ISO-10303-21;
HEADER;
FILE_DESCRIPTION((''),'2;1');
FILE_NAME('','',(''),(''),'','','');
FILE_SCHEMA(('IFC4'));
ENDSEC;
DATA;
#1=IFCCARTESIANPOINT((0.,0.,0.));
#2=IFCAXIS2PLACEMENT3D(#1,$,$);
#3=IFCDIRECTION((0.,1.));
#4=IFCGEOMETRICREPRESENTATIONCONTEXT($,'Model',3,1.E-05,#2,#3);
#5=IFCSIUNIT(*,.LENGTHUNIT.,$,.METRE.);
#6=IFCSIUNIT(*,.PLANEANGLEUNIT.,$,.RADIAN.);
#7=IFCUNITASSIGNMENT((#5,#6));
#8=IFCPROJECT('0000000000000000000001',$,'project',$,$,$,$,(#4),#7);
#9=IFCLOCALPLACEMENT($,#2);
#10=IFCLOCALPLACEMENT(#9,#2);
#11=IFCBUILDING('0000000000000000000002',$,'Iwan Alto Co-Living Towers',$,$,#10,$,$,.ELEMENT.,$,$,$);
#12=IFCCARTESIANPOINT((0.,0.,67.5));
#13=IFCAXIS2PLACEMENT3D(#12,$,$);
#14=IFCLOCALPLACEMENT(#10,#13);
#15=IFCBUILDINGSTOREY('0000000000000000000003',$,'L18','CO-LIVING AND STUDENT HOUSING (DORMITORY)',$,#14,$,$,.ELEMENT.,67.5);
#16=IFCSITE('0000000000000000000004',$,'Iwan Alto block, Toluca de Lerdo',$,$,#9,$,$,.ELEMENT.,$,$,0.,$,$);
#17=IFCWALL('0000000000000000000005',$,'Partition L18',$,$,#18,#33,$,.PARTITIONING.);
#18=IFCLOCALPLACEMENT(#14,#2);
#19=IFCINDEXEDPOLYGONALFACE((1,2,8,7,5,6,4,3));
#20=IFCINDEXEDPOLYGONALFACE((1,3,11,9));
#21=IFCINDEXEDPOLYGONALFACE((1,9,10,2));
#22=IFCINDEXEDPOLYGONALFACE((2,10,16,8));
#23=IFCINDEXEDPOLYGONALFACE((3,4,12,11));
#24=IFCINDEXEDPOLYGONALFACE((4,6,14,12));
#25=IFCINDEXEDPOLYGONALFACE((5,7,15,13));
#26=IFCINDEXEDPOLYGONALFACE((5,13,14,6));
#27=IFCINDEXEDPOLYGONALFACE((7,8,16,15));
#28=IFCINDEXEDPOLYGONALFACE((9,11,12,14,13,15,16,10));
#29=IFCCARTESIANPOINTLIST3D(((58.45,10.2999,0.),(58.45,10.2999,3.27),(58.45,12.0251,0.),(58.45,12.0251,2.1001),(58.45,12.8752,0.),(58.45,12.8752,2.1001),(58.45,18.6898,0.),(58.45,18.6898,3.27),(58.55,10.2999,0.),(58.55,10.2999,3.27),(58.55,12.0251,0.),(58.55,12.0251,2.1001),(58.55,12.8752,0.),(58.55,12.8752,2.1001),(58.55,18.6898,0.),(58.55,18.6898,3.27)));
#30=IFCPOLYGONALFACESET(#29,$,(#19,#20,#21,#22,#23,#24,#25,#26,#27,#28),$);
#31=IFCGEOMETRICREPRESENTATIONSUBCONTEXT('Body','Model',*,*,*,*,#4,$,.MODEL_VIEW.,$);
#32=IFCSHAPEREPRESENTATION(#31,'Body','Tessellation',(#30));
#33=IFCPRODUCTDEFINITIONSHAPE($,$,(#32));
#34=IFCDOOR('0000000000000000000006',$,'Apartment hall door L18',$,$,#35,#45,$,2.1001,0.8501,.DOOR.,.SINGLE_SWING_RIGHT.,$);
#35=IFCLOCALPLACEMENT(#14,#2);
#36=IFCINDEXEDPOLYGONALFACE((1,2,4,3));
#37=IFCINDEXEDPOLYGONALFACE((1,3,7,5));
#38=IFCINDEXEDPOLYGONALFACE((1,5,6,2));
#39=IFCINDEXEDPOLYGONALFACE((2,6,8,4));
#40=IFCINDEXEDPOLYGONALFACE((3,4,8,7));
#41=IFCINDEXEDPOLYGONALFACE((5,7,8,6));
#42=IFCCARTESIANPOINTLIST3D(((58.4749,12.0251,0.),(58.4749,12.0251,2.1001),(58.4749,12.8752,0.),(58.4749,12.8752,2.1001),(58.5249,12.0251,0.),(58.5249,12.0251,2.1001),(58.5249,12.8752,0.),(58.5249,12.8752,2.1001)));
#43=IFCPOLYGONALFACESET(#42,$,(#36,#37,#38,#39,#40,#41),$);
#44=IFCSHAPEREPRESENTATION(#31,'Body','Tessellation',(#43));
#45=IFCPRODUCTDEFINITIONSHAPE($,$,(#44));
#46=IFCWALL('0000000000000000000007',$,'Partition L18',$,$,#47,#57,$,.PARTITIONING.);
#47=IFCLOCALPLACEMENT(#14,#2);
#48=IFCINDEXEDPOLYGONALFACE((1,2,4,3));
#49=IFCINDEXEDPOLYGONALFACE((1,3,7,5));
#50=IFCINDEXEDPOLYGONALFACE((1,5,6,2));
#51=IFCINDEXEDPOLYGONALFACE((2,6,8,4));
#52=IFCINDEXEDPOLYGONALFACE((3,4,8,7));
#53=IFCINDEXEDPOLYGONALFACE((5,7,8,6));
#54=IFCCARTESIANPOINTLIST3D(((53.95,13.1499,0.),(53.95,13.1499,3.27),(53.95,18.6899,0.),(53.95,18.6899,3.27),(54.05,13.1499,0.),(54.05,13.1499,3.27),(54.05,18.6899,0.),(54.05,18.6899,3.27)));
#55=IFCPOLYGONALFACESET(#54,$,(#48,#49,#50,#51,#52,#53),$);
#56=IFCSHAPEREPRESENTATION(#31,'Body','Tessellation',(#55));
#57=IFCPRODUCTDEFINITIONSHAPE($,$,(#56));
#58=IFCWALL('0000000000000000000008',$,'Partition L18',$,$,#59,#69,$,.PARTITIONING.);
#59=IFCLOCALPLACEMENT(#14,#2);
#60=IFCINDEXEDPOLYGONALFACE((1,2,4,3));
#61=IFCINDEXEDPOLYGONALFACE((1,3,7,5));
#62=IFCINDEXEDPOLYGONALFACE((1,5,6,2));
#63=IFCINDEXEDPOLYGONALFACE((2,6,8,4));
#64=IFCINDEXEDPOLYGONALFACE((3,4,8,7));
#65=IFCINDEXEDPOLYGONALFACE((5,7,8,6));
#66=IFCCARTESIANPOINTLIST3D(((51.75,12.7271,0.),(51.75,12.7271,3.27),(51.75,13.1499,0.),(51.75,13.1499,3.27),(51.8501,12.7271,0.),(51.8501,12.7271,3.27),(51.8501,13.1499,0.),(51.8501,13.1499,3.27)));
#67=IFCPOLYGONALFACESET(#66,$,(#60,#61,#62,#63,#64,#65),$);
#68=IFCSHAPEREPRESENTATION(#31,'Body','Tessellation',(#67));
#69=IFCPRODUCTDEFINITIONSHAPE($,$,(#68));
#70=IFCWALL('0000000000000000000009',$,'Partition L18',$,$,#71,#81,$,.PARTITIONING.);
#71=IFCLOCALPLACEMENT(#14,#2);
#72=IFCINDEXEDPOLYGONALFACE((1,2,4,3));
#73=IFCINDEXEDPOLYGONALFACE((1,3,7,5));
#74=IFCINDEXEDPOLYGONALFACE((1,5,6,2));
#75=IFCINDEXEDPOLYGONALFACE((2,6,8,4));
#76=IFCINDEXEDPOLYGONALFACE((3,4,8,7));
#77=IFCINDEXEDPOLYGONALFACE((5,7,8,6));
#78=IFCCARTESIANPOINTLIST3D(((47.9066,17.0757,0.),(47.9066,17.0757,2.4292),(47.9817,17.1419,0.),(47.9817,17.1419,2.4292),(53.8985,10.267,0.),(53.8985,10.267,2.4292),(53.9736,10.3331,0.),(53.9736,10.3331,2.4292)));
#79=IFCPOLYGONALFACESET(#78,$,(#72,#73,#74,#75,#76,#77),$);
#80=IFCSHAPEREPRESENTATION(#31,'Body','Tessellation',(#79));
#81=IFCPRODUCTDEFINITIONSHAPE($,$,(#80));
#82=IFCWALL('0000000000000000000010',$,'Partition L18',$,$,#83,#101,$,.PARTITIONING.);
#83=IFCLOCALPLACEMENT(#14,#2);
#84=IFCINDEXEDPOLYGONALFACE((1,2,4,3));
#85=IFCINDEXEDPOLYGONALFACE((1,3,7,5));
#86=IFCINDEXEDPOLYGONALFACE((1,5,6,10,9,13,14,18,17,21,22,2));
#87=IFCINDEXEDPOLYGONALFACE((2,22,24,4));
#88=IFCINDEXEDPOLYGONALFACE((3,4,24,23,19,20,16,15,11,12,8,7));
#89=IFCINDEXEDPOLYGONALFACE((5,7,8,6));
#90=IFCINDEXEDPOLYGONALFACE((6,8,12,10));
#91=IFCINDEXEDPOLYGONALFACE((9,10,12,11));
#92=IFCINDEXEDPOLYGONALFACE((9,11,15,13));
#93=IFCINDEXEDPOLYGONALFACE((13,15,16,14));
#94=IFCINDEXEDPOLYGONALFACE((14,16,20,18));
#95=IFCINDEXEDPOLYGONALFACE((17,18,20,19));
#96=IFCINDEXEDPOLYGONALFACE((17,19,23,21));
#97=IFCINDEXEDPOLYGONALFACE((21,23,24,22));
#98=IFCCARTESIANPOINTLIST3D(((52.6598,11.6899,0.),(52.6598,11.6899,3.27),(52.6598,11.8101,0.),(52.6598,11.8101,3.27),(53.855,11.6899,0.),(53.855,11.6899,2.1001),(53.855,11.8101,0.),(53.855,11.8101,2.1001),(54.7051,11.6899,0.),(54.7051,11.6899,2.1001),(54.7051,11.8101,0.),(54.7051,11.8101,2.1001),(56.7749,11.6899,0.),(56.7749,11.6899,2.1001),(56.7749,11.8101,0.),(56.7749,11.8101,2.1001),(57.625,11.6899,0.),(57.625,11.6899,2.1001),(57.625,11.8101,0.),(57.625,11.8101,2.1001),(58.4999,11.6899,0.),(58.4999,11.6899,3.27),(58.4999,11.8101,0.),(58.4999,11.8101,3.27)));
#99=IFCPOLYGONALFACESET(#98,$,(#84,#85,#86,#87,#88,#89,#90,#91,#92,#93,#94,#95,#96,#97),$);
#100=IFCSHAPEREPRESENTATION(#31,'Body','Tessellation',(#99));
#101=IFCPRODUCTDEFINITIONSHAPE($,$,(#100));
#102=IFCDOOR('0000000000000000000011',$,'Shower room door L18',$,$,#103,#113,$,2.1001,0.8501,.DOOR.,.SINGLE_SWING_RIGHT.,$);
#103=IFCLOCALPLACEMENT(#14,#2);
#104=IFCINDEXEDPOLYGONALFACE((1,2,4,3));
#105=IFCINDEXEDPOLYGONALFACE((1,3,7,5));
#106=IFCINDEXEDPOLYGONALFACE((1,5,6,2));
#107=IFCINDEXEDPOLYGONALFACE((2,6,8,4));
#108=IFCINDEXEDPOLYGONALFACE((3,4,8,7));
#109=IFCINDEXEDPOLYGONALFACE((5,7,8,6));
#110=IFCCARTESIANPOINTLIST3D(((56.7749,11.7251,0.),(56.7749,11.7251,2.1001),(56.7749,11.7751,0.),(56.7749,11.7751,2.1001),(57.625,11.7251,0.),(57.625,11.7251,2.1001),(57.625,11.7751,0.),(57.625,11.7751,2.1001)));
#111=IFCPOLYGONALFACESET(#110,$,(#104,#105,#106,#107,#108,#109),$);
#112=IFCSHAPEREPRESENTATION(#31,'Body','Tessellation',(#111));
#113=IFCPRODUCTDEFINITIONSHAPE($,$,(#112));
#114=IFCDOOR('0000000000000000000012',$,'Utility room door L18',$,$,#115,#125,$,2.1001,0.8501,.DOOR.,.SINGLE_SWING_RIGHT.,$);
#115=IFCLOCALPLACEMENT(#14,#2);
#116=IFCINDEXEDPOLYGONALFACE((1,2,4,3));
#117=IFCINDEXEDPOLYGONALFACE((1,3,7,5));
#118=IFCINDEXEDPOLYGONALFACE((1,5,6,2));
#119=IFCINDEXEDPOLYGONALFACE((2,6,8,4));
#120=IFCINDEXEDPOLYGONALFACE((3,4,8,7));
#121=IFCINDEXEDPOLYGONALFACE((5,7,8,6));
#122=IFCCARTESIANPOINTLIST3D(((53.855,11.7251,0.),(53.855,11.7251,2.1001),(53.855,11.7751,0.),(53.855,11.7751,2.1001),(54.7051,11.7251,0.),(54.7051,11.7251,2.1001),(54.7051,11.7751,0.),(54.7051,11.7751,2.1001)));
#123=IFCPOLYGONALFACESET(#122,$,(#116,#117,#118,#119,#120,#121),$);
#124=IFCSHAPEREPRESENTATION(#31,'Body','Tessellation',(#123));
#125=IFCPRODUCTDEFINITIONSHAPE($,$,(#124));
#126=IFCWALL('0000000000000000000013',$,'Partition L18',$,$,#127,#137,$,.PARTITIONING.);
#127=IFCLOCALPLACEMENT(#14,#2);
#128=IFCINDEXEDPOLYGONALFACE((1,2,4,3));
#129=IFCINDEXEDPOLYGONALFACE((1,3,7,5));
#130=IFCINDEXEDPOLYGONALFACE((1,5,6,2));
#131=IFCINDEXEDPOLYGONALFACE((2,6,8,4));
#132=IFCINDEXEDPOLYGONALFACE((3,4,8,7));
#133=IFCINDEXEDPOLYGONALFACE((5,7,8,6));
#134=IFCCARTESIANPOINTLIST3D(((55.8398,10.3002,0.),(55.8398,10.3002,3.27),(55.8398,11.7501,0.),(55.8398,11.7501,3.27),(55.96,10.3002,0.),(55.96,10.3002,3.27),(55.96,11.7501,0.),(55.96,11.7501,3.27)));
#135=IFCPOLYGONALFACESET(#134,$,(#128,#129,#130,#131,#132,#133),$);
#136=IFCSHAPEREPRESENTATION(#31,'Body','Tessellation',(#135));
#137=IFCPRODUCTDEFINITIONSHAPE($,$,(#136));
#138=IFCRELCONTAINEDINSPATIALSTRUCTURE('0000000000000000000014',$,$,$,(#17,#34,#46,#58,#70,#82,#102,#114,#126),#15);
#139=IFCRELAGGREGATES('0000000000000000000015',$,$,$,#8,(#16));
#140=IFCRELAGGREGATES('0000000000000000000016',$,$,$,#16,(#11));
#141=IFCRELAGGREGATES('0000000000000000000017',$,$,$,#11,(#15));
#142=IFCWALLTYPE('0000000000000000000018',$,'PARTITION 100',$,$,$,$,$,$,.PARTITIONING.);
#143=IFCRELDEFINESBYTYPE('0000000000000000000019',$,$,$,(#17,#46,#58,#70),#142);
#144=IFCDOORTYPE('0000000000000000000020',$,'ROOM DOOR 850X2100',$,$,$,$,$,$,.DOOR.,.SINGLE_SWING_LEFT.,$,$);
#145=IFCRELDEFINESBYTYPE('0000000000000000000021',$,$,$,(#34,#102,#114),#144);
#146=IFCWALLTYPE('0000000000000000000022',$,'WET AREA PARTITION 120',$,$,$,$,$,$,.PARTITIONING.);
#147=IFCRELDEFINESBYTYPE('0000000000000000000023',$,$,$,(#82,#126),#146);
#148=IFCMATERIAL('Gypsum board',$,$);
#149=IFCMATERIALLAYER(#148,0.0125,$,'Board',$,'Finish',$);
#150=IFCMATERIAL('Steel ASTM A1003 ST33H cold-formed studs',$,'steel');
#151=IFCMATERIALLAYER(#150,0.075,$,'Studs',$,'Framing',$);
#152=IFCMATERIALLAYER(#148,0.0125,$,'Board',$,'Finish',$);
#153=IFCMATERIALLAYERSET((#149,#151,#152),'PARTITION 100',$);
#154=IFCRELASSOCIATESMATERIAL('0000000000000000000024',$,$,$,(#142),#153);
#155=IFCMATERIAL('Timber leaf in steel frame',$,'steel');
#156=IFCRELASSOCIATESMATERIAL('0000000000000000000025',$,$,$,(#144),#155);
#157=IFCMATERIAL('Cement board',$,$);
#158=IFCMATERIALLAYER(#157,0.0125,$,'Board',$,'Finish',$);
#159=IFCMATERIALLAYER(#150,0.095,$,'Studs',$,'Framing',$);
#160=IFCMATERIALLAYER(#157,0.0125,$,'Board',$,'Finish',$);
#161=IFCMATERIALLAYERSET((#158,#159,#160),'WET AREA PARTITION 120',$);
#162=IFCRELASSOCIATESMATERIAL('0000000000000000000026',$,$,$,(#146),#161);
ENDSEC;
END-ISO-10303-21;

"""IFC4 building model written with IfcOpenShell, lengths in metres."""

from ifc_helpers import new_model, si_unit, direction, frame, frame_2d, origin, place, context, subcontext, project, spatial, rectangle, extrude, material, layer, layer_set, type_object, element, fill, save


model = new_model("IFC4")

# Units and contexts
model_context = context("Model", 3, precision=1e-05, world=origin(), true_north=direction((0.0, 1.0)))
body_context = subcontext(model_context, "Body", "Model", "MODEL_VIEW")
ifc_project = project(units=[si_unit("LENGTHUNIT", "METRE"), si_unit("PLANEANGLEUNIT", "RADIAN")], contexts=[model_context])

# Site, building, storey
site_placement = place(None, origin())
site = spatial("IfcSite", under=ifc_project, at=site_placement, Name="Iwan Alto block, Toluca de Lerdo", CompositionType="ELEMENT", RefElevation=0.0)
building_placement = place(site_placement, origin())
building = spatial("IfcBuilding", under=site, at=building_placement, Name="Iwan Alto Co-Living Towers", CompositionType="ELEMENT")
storey_placement = place(building_placement, frame((0.0, 0.0, 67.5)))
storey = spatial("IfcBuildingStorey", under=building, at=storey_placement, Name="L18", Description="CO-LIVING AND STUDENT HOUSING (DORMITORY)", CompositionType="ELEMENT", Elevation=67.5)

# Shared definitions
ifc_material_1 = material(Name="Gypsum board")
ifc_material_2 = material(Name="Steel ASTM A1003 ST33H cold-formed studs", Category="steel")
ifc_layer_1 = layer(ifc_material_1, 0.0125, Name="Board", Category="Finish")
ifc_layer_2 = layer(ifc_material_2, 0.075, Name="Studs", Category="Framing")
ifc_layer_3 = layer(ifc_material_1, 0.0125, Name="Board", Category="Finish")
ifc_layer_set_1 = layer_set([ifc_layer_1, ifc_layer_2, ifc_layer_3], Name="PARTITION 100")
wall_type_1 = type_object("IfcWallType", Name="PARTITION 100", PredefinedType="PARTITIONING", material=ifc_layer_set_1)
ifc_material_3 = material(Name="Timber leaf in steel frame", Category="steel")
door_type_1 = type_object("IfcDoorType", Name="ROOM DOOR 850X2100", OperationType="SINGLE_SWING_LEFT", PredefinedType="DOOR", material=ifc_material_3)

# Wall, opening, door
wall_1_placement = place(storey_placement, frame((58.5, 10.3, 0.0), z_axis=(0.0, 0.0, 1.0), x_axis=(0.0, 1.0, 0.0)))
wall_1 = element("IfcWall", 1, at=wall_1_placement, inside=storey, type_object=wall_type_1, Name="Partition L18", PredefinedType="PARTITIONING", context=body_context, shape_type="SweptSolid", body=[
    extrude(rectangle(XDim=8.3899, YDim=0.1001, at=frame_2d((4.1948, 0.0))), origin(), (0.0, 0.0, 1.0), 3.27),
])
opening_1_placement = place(wall_1_placement, frame((1.7251, 0.0, 0.0)))
opening_1 = element("IfcOpeningElement", 2, at=opening_1_placement, cuts=wall_1, PredefinedType="OPENING", context=body_context, shape_type="SweptSolid", body=[
    extrude(rectangle(XDim=0.8501, YDim=2.1001, at=frame_2d((0.425, 1.05))), frame((0.0, 0.0601, 0.0), z_axis=(0.0, -1.0, 0.0), x_axis=(1.0, 0.0, 0.0)), (0.0, 0.0, 1.0), 0.1201),
])
door_1_placement = place(opening_1_placement, frame((0.8501, 0.0, 0.0), z_axis=(0.0, 0.0, 1.0), x_axis=(-1.0, 0.0, 0.0)))
door_1 = element("IfcDoor", 3, at=door_1_placement, inside=storey, type_object=door_type_1, Name="Apartment hall door L18", OperationType="SINGLE_SWING_RIGHT", OverallHeight=2.1001, OverallWidth=0.8501, PredefinedType="DOOR", context=body_context, shape_type="SweptSolid", body=[
    extrude(rectangle(XDim=0.8501, YDim=2.1001, at=frame_2d((0.425, 1.05))), frame((0.0, 0.0249, 0.0), z_axis=(0.0, -1.0, 0.0), x_axis=(1.0, 0.0, 0.0)), (0.0, 0.0, 1.0), 0.05),
])
fill(opening_1, door_1)

# Walls
wall_2_placement = place(storey_placement, frame((54.0, 13.1499, 0.0), z_axis=(0.0, 0.0, 1.0), x_axis=(0.0, 1.0, 0.0)))
element("IfcWall", 4, at=wall_2_placement, inside=storey, type_object=wall_type_1, Name="Partition L18", PredefinedType="PARTITIONING", context=body_context, shape_type="SweptSolid", body=[
    extrude(rectangle(XDim=5.54, YDim=0.1001, at=frame_2d((2.77, 0.0))), origin(), (0.0, 0.0, 1.0), 3.27),
])
wall_3_placement = place(storey_placement, frame((51.8, 12.7271, 0.0), z_axis=(0.0, 0.0, 1.0), x_axis=(0.0, 1.0, 0.0)))
element("IfcWall", 5, at=wall_3_placement, inside=storey, type_object=wall_type_1, Name="Partition L18", PredefinedType="PARTITIONING", context=body_context, shape_type="SweptSolid", body=[
    extrude(rectangle(XDim=0.4229, YDim=0.1001, at=frame_2d((0.2114, 0.0))), origin(), (0.0, 0.0, 1.0), 3.27),
])
wall_4_placement = place(storey_placement, frame((53.936, 10.3, 0.0), z_axis=(0.0, 0.0, 1.0), x_axis=(-0.660638, 0.750704, 0.0)))
element("IfcWall", 6, at=wall_4_placement, inside=storey, type_object=wall_type_1, Name="Partition L18", PredefinedType="PARTITIONING", context=body_context, shape_type="SweptSolid", body=[
    extrude(rectangle(XDim=9.0698, YDim=0.1001, at=frame_2d((4.5349, 0.0))), origin(), (0.0, 0.0, 1.0), 2.4292),
])

# Wall, openings, doors
ifc_material_4 = material(Name="Cement board")
ifc_layer_4 = layer(ifc_material_4, 0.0125, Name="Board", Category="Finish")
ifc_layer_5 = layer(ifc_material_2, 0.095, Name="Studs", Category="Framing")
ifc_layer_6 = layer(ifc_material_4, 0.0125, Name="Board", Category="Finish")
ifc_layer_set_2 = layer_set([ifc_layer_4, ifc_layer_5, ifc_layer_6], Name="WET AREA PARTITION 120")
wall_type_2 = type_object("IfcWallType", Name="WET AREA PARTITION 120", PredefinedType="PARTITIONING", material=ifc_layer_set_2)
wall_5_placement = place(storey_placement, frame((52.6599, 11.75, 0.0), z_axis=(0.0, 0.0, 1.0), x_axis=(1.0, 0.0, 0.0)))
wall_5 = element("IfcWall", 7, at=wall_5_placement, inside=storey, type_object=wall_type_2, Name="Partition L18", PredefinedType="PARTITIONING", context=body_context, shape_type="SweptSolid", body=[
    extrude(rectangle(XDim=5.8401, YDim=0.1201, at=frame_2d((2.9199, 0.0))), origin(), (0.0, 0.0, 1.0), 3.27),
])
opening_2_placement = place(wall_5_placement, frame((4.115, 0.0, 0.0)))
opening_2 = element("IfcOpeningElement", 8, at=opening_2_placement, cuts=wall_5, PredefinedType="OPENING", context=body_context, shape_type="SweptSolid", body=[
    extrude(rectangle(XDim=0.8501, YDim=2.1001, at=frame_2d((0.425, 1.05))), frame((0.0, 0.0701, 0.0), z_axis=(0.0, -1.0, 0.0), x_axis=(1.0, 0.0, 0.0)), (0.0, 0.0, 1.0), 0.1401),
])
opening_3_placement = place(wall_5_placement, frame((1.1951, 0.0, 0.0)))
opening_3 = element("IfcOpeningElement", 9, at=opening_3_placement, cuts=wall_5, PredefinedType="OPENING", context=body_context, shape_type="SweptSolid", body=[
    extrude(rectangle(XDim=0.8501, YDim=2.1001, at=frame_2d((0.425, 1.05))), frame((0.0, 0.0701, 0.0), z_axis=(0.0, -1.0, 0.0), x_axis=(1.0, 0.0, 0.0)), (0.0, 0.0, 1.0), 0.1401),
])
door_2_placement = place(opening_2_placement, frame((0.8501, 0.0, 0.0), z_axis=(0.0, 0.0, 1.0), x_axis=(-1.0, 0.0, 0.0)))
door_2 = element("IfcDoor", 10, at=door_2_placement, inside=storey, type_object=door_type_1, Name="Shower room door L18", OperationType="SINGLE_SWING_RIGHT", OverallHeight=2.1001, OverallWidth=0.8501, PredefinedType="DOOR", context=body_context, shape_type="SweptSolid", body=[
    extrude(rectangle(XDim=0.8501, YDim=2.1001, at=frame_2d((0.425, 1.05))), frame((0.0, 0.0249, 0.0), z_axis=(0.0, -1.0, 0.0), x_axis=(1.0, 0.0, 0.0)), (0.0, 0.0, 1.0), 0.05),
])
fill(opening_2, door_2)
door_3_placement = place(opening_3_placement, frame((0.8501, 0.0, 0.0), z_axis=(0.0, 0.0, 1.0), x_axis=(-1.0, 0.0, 0.0)))
door_3 = element("IfcDoor", 11, at=door_3_placement, inside=storey, type_object=door_type_1, Name="Utility room door L18", OperationType="SINGLE_SWING_RIGHT", OverallHeight=2.1001, OverallWidth=0.8501, PredefinedType="DOOR", context=body_context, shape_type="SweptSolid", body=[
    extrude(rectangle(XDim=0.8501, YDim=2.1001, at=frame_2d((0.425, 1.05))), frame((0.0, 0.0249, 0.0), z_axis=(0.0, -1.0, 0.0), x_axis=(1.0, 0.0, 0.0)), (0.0, 0.0, 1.0), 0.05),
])
fill(opening_3, door_3)

# Wall
wall_6_placement = place(storey_placement, frame((55.8999, 10.3, 0.0), z_axis=(0.0, 0.0, 1.0), x_axis=(0.0, 1.0, 0.0)))
element("IfcWall", 12, at=wall_6_placement, inside=storey, type_object=wall_type_2, Name="Partition L18", PredefinedType="PARTITIONING", context=body_context, shape_type="SweptSolid", body=[
    extrude(rectangle(XDim=1.45, YDim=0.1201, at=frame_2d((0.7251, 0.0))), origin(), (0.0, 0.0, 1.0), 3.27),
])

save(model, "model.ifc")
